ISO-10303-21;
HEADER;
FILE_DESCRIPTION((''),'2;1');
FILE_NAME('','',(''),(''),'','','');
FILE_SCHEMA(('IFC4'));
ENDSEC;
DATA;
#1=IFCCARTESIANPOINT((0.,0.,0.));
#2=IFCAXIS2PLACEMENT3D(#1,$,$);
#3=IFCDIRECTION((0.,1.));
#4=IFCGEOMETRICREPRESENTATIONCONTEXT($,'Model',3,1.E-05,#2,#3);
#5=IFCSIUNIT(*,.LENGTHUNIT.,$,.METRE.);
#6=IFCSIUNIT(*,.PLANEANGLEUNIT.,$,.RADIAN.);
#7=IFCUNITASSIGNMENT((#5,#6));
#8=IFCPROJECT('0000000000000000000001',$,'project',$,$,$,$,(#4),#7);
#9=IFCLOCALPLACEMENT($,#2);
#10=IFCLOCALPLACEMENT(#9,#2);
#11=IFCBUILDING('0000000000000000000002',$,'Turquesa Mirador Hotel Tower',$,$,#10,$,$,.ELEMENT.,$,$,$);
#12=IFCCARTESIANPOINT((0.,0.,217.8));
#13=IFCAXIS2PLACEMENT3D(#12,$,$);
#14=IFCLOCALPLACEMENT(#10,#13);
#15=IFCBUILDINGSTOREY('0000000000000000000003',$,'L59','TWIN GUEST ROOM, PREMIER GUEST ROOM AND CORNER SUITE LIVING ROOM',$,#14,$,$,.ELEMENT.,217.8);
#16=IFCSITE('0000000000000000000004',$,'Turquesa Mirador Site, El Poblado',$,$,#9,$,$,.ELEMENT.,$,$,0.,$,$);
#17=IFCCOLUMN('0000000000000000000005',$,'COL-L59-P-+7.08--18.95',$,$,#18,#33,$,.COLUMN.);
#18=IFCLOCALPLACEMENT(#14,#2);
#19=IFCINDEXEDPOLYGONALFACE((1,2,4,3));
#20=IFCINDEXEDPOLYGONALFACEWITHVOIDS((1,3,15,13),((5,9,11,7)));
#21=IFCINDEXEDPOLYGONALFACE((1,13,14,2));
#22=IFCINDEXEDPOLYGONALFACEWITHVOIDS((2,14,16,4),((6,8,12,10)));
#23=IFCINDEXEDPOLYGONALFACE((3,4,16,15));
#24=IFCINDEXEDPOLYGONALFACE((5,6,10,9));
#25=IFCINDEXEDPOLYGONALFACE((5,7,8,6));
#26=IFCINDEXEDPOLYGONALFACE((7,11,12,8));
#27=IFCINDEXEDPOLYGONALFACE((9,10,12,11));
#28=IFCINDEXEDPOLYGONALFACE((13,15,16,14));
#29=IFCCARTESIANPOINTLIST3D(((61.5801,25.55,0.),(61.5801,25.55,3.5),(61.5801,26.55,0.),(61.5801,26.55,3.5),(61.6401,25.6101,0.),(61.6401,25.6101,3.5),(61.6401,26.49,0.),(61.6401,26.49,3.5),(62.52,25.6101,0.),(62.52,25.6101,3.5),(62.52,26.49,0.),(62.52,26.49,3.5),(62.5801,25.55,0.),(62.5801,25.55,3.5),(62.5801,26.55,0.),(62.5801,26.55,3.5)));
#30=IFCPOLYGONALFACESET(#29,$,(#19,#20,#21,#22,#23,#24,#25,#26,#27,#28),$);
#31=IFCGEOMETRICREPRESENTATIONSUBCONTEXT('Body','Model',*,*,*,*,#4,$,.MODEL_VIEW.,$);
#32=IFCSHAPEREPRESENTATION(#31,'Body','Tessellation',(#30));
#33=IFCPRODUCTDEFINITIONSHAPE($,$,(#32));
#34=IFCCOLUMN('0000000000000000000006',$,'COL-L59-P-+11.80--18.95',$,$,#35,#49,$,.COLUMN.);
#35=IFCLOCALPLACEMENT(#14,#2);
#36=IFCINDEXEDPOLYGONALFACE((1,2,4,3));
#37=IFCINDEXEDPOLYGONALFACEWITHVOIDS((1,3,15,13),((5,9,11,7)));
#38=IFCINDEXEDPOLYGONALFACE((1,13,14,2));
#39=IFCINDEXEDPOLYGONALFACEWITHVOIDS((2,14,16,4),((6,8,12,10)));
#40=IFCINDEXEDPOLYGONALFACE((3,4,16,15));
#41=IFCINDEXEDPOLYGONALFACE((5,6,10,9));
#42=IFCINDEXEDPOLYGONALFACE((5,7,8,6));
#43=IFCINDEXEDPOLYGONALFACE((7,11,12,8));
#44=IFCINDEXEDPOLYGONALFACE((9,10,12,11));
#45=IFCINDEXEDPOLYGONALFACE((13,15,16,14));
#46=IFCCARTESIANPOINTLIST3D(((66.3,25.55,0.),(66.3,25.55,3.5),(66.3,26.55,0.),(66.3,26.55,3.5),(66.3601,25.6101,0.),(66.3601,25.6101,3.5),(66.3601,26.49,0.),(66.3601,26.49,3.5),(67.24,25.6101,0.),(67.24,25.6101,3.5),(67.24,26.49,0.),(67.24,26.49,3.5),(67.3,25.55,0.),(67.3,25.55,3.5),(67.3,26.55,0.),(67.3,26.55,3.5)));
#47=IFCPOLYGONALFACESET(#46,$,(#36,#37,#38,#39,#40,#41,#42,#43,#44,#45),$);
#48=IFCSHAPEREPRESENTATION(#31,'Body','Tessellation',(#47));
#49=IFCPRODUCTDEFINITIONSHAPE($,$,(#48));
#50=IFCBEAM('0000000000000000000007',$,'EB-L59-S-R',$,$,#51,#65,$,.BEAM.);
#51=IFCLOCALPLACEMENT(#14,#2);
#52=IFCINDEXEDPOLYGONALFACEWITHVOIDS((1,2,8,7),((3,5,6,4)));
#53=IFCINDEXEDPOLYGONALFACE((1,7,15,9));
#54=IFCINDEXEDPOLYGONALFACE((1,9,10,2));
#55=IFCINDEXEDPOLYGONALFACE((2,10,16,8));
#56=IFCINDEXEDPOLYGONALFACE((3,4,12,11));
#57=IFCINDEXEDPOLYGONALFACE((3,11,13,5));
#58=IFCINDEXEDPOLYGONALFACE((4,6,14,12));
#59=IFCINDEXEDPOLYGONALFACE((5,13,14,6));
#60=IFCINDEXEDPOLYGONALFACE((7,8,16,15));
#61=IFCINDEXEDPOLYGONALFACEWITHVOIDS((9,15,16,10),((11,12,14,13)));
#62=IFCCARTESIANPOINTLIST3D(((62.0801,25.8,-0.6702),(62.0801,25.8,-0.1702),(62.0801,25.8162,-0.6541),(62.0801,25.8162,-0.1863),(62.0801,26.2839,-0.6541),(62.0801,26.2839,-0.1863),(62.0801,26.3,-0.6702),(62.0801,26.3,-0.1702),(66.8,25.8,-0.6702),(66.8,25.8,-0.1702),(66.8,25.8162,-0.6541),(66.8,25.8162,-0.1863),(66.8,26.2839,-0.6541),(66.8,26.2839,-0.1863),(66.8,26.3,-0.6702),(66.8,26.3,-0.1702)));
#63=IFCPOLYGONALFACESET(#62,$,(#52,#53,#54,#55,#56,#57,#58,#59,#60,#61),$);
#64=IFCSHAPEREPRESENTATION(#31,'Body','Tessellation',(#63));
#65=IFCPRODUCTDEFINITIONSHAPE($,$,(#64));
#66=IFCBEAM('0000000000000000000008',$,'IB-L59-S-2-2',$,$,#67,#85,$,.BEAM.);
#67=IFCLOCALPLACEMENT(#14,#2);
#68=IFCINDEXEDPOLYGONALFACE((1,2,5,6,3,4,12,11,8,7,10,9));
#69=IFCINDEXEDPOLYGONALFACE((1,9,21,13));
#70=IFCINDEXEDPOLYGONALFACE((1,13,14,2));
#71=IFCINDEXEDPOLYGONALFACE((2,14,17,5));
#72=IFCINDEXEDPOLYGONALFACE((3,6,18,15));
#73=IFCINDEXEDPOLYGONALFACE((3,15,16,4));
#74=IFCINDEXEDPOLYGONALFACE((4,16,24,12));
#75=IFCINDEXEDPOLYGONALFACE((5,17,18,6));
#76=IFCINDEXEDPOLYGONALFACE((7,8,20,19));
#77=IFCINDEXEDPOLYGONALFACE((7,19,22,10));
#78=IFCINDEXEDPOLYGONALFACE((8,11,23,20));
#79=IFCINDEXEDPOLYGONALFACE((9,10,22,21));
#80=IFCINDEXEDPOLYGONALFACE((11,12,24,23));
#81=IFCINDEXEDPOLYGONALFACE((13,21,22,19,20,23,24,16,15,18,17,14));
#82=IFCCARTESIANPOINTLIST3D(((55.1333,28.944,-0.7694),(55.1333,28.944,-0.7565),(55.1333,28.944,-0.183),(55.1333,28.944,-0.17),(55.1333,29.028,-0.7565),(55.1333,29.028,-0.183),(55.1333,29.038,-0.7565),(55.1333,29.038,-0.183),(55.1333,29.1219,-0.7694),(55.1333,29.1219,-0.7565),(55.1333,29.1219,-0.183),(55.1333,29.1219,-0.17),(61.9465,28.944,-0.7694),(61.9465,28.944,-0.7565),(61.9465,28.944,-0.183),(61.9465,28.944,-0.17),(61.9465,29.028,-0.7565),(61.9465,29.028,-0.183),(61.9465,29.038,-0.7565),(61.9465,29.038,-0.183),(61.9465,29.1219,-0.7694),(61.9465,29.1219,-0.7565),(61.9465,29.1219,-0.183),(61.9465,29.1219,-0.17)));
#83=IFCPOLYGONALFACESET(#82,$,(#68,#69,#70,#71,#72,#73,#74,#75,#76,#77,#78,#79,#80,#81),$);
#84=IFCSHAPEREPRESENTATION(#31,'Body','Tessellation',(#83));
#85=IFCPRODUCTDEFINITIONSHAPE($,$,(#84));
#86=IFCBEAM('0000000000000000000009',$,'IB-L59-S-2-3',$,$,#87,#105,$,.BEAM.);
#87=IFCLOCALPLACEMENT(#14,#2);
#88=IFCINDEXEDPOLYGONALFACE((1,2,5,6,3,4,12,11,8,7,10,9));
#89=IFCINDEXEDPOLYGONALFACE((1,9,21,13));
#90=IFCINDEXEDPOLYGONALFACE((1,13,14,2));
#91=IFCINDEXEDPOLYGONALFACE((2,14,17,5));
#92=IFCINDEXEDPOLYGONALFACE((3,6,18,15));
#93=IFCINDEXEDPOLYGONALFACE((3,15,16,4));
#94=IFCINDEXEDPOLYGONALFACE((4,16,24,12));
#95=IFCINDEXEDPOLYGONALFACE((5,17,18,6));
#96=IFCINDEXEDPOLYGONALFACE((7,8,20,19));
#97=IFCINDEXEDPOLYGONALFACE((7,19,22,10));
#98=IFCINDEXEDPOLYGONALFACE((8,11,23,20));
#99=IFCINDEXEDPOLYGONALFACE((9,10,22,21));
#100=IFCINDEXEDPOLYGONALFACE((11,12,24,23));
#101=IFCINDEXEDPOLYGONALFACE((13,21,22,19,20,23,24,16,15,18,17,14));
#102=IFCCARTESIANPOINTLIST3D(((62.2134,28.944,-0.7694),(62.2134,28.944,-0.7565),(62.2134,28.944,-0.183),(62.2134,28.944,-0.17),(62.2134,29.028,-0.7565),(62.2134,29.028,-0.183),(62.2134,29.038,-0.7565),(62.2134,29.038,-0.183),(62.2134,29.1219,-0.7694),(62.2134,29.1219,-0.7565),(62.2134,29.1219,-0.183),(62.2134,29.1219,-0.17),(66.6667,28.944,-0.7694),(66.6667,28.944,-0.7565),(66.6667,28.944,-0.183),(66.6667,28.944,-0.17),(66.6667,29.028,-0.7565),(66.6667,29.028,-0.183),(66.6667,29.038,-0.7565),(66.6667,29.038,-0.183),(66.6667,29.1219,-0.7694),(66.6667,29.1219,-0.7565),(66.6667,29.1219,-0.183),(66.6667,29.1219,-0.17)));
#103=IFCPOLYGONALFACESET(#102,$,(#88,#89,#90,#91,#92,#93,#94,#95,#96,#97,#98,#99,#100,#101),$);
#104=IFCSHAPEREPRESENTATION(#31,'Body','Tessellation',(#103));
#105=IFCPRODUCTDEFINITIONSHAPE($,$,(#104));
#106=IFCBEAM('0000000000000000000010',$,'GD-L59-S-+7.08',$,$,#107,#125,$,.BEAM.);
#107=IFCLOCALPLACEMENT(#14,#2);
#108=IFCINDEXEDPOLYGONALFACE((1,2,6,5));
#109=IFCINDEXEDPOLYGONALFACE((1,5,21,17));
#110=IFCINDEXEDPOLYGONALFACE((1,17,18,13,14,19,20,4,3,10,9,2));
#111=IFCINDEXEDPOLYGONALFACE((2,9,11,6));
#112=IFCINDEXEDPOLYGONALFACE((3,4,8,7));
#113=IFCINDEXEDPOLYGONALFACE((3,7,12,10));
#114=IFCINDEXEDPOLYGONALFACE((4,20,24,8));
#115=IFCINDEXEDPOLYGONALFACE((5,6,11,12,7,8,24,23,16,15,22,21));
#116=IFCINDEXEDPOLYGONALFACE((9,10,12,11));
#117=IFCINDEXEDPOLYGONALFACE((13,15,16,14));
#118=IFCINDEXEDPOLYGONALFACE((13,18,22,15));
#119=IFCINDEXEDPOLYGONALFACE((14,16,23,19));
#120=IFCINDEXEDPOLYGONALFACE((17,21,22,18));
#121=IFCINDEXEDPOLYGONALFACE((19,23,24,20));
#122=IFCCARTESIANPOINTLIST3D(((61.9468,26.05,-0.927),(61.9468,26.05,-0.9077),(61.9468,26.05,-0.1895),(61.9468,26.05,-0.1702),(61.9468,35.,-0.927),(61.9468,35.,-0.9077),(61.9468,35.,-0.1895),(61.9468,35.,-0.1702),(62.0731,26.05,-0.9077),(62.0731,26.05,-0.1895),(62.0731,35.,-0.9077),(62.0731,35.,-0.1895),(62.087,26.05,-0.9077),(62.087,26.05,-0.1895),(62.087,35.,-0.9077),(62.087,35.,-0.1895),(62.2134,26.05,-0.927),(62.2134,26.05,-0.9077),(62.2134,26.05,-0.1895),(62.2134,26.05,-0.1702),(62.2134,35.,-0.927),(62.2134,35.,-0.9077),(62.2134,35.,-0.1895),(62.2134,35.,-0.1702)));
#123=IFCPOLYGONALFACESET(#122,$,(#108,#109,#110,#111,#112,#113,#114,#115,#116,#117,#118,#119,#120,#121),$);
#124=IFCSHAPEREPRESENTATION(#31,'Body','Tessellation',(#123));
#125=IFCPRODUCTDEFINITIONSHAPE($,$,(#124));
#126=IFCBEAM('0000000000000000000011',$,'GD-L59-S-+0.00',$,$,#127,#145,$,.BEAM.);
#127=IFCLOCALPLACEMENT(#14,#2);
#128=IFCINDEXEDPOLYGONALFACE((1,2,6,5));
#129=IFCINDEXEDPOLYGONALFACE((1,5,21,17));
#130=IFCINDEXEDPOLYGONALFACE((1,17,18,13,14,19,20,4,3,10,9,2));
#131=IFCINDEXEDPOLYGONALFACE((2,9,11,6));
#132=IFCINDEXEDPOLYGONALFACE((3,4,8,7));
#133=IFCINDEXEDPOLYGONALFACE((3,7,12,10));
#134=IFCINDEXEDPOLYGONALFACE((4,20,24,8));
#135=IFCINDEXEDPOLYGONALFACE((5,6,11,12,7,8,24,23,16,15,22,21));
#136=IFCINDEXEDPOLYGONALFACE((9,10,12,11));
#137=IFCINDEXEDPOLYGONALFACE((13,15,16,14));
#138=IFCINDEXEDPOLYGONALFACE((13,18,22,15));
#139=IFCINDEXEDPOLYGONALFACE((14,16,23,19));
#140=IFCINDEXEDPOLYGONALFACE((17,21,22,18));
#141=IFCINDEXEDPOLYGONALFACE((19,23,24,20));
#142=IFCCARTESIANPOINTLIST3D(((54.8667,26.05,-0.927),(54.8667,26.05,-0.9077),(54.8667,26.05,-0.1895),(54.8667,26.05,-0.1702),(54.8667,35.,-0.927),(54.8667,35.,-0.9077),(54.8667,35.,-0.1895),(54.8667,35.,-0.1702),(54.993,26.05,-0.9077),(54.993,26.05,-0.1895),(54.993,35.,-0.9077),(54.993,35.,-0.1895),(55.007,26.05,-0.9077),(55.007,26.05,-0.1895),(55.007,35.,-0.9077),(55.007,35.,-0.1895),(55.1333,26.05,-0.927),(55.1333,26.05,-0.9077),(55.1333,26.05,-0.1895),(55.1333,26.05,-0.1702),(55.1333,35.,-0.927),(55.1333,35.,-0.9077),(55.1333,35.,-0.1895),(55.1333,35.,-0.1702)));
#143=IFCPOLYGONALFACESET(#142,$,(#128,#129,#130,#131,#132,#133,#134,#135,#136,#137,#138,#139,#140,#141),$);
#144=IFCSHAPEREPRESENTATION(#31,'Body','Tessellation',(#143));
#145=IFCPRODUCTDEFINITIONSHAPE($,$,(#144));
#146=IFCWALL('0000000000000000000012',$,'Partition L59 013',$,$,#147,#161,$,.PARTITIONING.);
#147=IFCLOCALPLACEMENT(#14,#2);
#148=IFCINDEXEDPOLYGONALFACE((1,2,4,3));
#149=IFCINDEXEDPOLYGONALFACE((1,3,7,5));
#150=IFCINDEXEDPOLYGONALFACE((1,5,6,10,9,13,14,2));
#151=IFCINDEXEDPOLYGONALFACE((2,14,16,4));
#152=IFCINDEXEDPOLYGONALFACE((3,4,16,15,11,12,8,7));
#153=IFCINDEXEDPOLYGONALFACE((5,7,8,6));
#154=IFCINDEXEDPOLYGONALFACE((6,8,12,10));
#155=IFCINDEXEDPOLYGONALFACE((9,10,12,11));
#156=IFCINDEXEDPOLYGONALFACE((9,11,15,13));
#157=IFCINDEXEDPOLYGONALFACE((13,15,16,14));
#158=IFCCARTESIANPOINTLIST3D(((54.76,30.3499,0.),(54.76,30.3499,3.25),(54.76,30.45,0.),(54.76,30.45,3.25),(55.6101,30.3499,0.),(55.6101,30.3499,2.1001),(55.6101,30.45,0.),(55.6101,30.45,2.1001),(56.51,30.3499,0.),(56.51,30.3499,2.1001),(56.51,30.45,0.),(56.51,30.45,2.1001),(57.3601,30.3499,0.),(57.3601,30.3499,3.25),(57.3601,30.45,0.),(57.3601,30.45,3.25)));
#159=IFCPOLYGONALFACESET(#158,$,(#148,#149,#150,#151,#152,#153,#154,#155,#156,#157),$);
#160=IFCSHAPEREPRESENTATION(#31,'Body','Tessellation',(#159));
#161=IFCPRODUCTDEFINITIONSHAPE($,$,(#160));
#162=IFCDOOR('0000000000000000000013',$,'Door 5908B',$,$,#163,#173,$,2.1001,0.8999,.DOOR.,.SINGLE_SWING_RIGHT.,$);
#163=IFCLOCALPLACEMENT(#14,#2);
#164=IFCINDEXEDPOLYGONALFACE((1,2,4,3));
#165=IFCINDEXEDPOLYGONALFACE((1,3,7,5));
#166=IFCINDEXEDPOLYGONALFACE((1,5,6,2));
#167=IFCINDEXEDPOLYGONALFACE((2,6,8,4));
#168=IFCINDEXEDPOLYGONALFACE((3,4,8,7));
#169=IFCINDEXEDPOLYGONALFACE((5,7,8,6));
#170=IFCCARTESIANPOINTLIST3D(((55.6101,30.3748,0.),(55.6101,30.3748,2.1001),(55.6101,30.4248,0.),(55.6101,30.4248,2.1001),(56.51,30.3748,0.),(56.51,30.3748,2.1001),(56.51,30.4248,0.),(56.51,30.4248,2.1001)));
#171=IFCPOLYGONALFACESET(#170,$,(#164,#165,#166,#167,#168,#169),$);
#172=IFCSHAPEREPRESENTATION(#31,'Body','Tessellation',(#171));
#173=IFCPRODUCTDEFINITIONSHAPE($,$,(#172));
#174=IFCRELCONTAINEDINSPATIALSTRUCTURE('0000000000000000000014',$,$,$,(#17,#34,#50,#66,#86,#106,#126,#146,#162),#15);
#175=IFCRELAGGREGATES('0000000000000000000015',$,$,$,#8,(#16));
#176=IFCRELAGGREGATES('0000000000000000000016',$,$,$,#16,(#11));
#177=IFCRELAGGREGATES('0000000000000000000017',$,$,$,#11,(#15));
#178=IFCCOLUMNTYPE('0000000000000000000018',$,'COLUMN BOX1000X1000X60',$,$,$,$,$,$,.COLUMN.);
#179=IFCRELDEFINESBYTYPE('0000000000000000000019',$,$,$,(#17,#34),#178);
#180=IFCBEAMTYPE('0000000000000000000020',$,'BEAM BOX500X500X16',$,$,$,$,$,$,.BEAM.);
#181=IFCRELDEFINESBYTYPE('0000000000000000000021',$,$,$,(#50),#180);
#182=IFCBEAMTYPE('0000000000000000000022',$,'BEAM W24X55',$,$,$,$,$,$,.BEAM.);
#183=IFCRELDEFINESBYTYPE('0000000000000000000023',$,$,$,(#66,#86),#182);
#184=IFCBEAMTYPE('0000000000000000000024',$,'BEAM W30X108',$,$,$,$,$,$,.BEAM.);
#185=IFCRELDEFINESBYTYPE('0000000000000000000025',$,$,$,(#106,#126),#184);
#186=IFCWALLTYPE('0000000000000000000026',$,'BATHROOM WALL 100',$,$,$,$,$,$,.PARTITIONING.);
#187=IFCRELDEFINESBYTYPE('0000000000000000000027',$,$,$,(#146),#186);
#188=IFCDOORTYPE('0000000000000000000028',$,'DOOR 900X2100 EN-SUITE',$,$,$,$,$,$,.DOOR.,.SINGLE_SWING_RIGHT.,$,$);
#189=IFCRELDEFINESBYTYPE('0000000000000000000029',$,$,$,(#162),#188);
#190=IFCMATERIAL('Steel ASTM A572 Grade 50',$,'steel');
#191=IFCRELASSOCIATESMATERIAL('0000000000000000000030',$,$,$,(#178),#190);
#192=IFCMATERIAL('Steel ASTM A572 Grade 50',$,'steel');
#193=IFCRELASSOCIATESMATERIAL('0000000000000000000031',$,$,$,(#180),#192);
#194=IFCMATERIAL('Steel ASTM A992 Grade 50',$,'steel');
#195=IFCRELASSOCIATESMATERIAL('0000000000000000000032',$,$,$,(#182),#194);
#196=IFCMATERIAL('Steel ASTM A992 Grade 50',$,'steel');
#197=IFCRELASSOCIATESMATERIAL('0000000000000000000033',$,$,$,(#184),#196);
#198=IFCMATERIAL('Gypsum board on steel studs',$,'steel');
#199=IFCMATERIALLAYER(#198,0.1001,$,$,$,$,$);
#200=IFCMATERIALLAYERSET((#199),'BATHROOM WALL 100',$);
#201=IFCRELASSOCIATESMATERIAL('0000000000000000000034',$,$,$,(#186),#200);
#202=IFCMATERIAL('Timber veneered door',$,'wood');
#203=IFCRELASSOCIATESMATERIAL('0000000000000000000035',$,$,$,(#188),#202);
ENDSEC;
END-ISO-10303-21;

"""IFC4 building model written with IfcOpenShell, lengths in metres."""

from ifc_helpers import new_model, si_unit, direction, frame, frame_2d, origin, origin_2d, place, context, subcontext, project, spatial, rectangle, hollow_rectangle, i_section, extrude, material, layer, layer_set, material_profile, profile_set, type_object, element, fill, save


model = new_model("IFC4")

# Units and contexts
model_context = context("Model", 3, precision=1e-05, world=origin(), true_north=direction((0.0, 1.0)))
body_context = subcontext(model_context, "Body", "Model", "MODEL_VIEW")
ifc_project = project(units=[si_unit("LENGTHUNIT", "METRE"), si_unit("PLANEANGLEUNIT", "RADIAN")], contexts=[model_context])

# Site, building, storey
site_placement = place(None, origin())
site = spatial("IfcSite", under=ifc_project, at=site_placement, Name="Turquesa Mirador Site, El Poblado", CompositionType="ELEMENT", RefElevation=0.0)
building_placement = place(site_placement, origin())
building = spatial("IfcBuilding", under=site, at=building_placement, Name="Turquesa Mirador Hotel Tower", CompositionType="ELEMENT")
storey_placement = place(building_placement, frame((0.0, 0.0, 217.8)))
storey = spatial("IfcBuildingStorey", under=building, at=storey_placement, Name="L59", Description="TWIN GUEST ROOM, PREMIER GUEST ROOM AND CORNER SUITE LIVING ROOM", CompositionType="ELEMENT", Elevation=217.8)

# Columns
ifc_material_1 = material(Name="Steel ASTM A572 Grade 50", Category="steel")
ifc_material_profile_1 = material_profile(ifc_material_1, hollow_rectangle(XDim=1.0, YDim=1.0, WallThickness=0.0601, at=origin_2d()), Name="BOX1000X1000X60")
ifc_profile_set_1 = profile_set([ifc_material_profile_1], Name="Steel ASTM A572 Grade 50")
column_type = type_object("IfcColumnType", Name="COLUMN BOX1000X1000X60", PredefinedType="COLUMN", material=ifc_profile_set_1)
for number, where, z_axis, x_axis, name in (
    (1, (62.0801, 26.05, 0.0), (0.0, 0.0, 1.0), (1.0, 0.0, 0.0), "COL-L59-P-+7.08--18.95"),
    (2, (66.8, 26.05, 0.0), (0.0, 0.0, 1.0), (1.0, 0.0, 0.0), "COL-L59-P-+11.80--18.95"),
):
    element("IfcColumn", number, at=place(storey_placement, frame(where, z_axis=z_axis, x_axis=x_axis)), inside=storey, type_object=column_type, Name=name, PredefinedType="COLUMN", context=body_context, shape_type="SweptSolid", body=[
        extrude(hollow_rectangle(XDim=1.0, YDim=1.0, WallThickness=0.0601, at=origin_2d()), origin(), (0.0, 0.0, 1.0), 3.5),
    ])

# Beams
ifc_material_2 = material(Name="Steel ASTM A572 Grade 50", Category="steel")
ifc_material_profile_2 = material_profile(ifc_material_2, hollow_rectangle(XDim=0.5, YDim=0.5, WallThickness=0.0161, at=origin_2d()), Name="BOX500X500X16")
ifc_profile_set_2 = profile_set([ifc_material_profile_2], Name="Steel ASTM A572 Grade 50")
beam_type_1 = type_object("IfcBeamType", Name="BEAM BOX500X500X16", PredefinedType="BEAM", material=ifc_profile_set_2)
beam_1_placement = place(storey_placement, frame((62.0801, 26.05, -0.4202), z_axis=(1.0, 0.0, 0.0), x_axis=(0.0, 1.0, 0.0)))
element("IfcBeam", 3, at=beam_1_placement, inside=storey, type_object=beam_type_1, Name="EB-L59-S-R", PredefinedType="BEAM", context=body_context, shape_type="SweptSolid", body=[
    extrude(hollow_rectangle(XDim=0.5, YDim=0.5, WallThickness=0.0161, at=origin_2d()), origin(), (0.0, 0.0, 1.0), 4.72),
])
ifc_material_3 = material(Name="Steel ASTM A992 Grade 50", Category="steel")
ifc_material_profile_3 = material_profile(ifc_material_3, i_section(OverallWidth=0.178, OverallDepth=0.5994, WebThickness=0.01, FlangeThickness=0.0129, at=origin_2d()), Name="W24X55")
ifc_profile_set_3 = profile_set([ifc_material_profile_3], Name="Steel ASTM A992 Grade 50")
beam_type_2 = type_object("IfcBeamType", Name="BEAM W24X55", PredefinedType="BEAM", material=ifc_profile_set_3)
beam_2_placement = place(storey_placement, frame((55.1333, 29.033, -0.4697), z_axis=(1.0, 0.0, 0.0), x_axis=(0.0, 1.0, 0.0)))
element("IfcBeam", 4, at=beam_2_placement, inside=storey, type_object=beam_type_2, Name="IB-L59-S-2-2", PredefinedType="BEAM", context=body_context, shape_type="SweptSolid", body=[
    extrude(i_section(OverallWidth=0.178, OverallDepth=0.5994, WebThickness=0.01, FlangeThickness=0.0129, at=origin_2d()), origin(), (0.0, 0.0, 1.0), 6.8132),
])
beam_3_placement = place(storey_placement, frame((62.2134, 29.033, -0.4697), z_axis=(1.0, 0.0, 0.0), x_axis=(0.0, 1.0, 0.0)))
element("IfcBeam", 5, at=beam_3_placement, inside=storey, type_object=beam_type_2, Name="IB-L59-S-2-3", PredefinedType="BEAM", context=body_context, shape_type="SweptSolid", body=[
    extrude(i_section(OverallWidth=0.178, OverallDepth=0.5994, WebThickness=0.01, FlangeThickness=0.0129, at=origin_2d()), origin(), (0.0, 0.0, 1.0), 4.4534),
])
ifc_material_4 = material(Name="Steel ASTM A992 Grade 50", Category="steel")
ifc_material_profile_4 = material_profile(ifc_material_4, i_section(OverallWidth=0.2666, OverallDepth=0.7568, WebThickness=0.0139, FlangeThickness=0.0193, at=origin_2d()), Name="W30X108")
ifc_profile_set_4 = profile_set([ifc_material_profile_4], Name="Steel ASTM A992 Grade 50")
beam_type_3 = type_object("IfcBeamType", Name="BEAM W30X108", PredefinedType="BEAM", material=ifc_profile_set_4)
for number, where, z_axis, x_axis, name in (
    (6, (62.0801, 26.05, -0.5486), (0.0, 1.0, 0.0), (-1.0, 0.0, 0.0), "GD-L59-S-+7.08"),
    (7, (55.0, 26.05, -0.5486), (0.0, 1.0, 0.0), (-1.0, 0.0, 0.0), "GD-L59-S-+0.00"),
):
    element("IfcBeam", number, at=place(storey_placement, frame(where, z_axis=z_axis, x_axis=x_axis)), inside=storey, type_object=beam_type_3, Name=name, PredefinedType="BEAM", context=body_context, shape_type="SweptSolid", body=[
        extrude(i_section(OverallWidth=0.2666, OverallDepth=0.7568, WebThickness=0.0139, FlangeThickness=0.0193, at=origin_2d()), origin(), (0.0, 0.0, 1.0), 8.95),
    ])

# Wall, opening, door
ifc_material_5 = material(Name="Gypsum board on steel studs", Category="steel")
ifc_layer_1 = layer(ifc_material_5, 0.1001)
ifc_layer_set_1 = layer_set([ifc_layer_1], Name="BATHROOM WALL 100")
wall_type_1 = type_object("IfcWallType", Name="BATHROOM WALL 100", PredefinedType="PARTITIONING", material=ifc_layer_set_1)
wall_1_placement = place(storey_placement, frame((54.76, 30.3999, 0.0), z_axis=(0.0, 0.0, 1.0), x_axis=(1.0, 0.0, 0.0)))
wall_1 = element("IfcWall", 8, at=wall_1_placement, inside=storey, type_object=wall_type_1, Name="Partition L59 013", PredefinedType="PARTITIONING", context=body_context, shape_type="SweptSolid", body=[
    extrude(rectangle(XDim=2.6001, YDim=0.1001, at=frame_2d((1.3, 0.0))), origin(), (0.0, 0.0, 1.0), 3.25),
])
opening_1_placement = place(wall_1_placement, frame((0.8501, 0.0, 0.0)))
opening_1 = element("IfcOpeningElement", 9, at=opening_1_placement, cuts=wall_1, PredefinedType="OPENING", context=body_context, shape_type="SweptSolid", body=[
    extrude(rectangle(XDim=0.8999, YDim=2.1001, at=frame_2d((0.45, 1.05))), frame((0.0, 0.0601, 0.0), z_axis=(0.0, -1.0, 0.0), x_axis=(1.0, 0.0, 0.0)), (0.0, 0.0, 1.0), 0.1201),
])
ifc_material_6 = material(Name="Timber veneered door", Category="wood")
door_type = type_object("IfcDoorType", Name="DOOR 900X2100 EN-SUITE", OperationType="SINGLE_SWING_RIGHT", PredefinedType="DOOR", material=ifc_material_6)
door_1_placement = place(opening_1_placement, origin())
door_1 = element("IfcDoor", 10, at=door_1_placement, inside=storey, type_object=door_type, Name="Door 5908B", OperationType="SINGLE_SWING_RIGHT", OverallHeight=2.1001, OverallWidth=0.8999, PredefinedType="DOOR", context=body_context, shape_type="SweptSolid", body=[
    extrude(rectangle(XDim=0.8999, YDim=2.1001, at=frame_2d((0.45, 1.05))), frame((0.0, 0.0249, 0.0), z_axis=(0.0, -1.0, 0.0), x_axis=(1.0, 0.0, 0.0)), (0.0, 0.0, 1.0), 0.05),
])
fill(opening_1, door_1)

save(model, "model.ifc")
